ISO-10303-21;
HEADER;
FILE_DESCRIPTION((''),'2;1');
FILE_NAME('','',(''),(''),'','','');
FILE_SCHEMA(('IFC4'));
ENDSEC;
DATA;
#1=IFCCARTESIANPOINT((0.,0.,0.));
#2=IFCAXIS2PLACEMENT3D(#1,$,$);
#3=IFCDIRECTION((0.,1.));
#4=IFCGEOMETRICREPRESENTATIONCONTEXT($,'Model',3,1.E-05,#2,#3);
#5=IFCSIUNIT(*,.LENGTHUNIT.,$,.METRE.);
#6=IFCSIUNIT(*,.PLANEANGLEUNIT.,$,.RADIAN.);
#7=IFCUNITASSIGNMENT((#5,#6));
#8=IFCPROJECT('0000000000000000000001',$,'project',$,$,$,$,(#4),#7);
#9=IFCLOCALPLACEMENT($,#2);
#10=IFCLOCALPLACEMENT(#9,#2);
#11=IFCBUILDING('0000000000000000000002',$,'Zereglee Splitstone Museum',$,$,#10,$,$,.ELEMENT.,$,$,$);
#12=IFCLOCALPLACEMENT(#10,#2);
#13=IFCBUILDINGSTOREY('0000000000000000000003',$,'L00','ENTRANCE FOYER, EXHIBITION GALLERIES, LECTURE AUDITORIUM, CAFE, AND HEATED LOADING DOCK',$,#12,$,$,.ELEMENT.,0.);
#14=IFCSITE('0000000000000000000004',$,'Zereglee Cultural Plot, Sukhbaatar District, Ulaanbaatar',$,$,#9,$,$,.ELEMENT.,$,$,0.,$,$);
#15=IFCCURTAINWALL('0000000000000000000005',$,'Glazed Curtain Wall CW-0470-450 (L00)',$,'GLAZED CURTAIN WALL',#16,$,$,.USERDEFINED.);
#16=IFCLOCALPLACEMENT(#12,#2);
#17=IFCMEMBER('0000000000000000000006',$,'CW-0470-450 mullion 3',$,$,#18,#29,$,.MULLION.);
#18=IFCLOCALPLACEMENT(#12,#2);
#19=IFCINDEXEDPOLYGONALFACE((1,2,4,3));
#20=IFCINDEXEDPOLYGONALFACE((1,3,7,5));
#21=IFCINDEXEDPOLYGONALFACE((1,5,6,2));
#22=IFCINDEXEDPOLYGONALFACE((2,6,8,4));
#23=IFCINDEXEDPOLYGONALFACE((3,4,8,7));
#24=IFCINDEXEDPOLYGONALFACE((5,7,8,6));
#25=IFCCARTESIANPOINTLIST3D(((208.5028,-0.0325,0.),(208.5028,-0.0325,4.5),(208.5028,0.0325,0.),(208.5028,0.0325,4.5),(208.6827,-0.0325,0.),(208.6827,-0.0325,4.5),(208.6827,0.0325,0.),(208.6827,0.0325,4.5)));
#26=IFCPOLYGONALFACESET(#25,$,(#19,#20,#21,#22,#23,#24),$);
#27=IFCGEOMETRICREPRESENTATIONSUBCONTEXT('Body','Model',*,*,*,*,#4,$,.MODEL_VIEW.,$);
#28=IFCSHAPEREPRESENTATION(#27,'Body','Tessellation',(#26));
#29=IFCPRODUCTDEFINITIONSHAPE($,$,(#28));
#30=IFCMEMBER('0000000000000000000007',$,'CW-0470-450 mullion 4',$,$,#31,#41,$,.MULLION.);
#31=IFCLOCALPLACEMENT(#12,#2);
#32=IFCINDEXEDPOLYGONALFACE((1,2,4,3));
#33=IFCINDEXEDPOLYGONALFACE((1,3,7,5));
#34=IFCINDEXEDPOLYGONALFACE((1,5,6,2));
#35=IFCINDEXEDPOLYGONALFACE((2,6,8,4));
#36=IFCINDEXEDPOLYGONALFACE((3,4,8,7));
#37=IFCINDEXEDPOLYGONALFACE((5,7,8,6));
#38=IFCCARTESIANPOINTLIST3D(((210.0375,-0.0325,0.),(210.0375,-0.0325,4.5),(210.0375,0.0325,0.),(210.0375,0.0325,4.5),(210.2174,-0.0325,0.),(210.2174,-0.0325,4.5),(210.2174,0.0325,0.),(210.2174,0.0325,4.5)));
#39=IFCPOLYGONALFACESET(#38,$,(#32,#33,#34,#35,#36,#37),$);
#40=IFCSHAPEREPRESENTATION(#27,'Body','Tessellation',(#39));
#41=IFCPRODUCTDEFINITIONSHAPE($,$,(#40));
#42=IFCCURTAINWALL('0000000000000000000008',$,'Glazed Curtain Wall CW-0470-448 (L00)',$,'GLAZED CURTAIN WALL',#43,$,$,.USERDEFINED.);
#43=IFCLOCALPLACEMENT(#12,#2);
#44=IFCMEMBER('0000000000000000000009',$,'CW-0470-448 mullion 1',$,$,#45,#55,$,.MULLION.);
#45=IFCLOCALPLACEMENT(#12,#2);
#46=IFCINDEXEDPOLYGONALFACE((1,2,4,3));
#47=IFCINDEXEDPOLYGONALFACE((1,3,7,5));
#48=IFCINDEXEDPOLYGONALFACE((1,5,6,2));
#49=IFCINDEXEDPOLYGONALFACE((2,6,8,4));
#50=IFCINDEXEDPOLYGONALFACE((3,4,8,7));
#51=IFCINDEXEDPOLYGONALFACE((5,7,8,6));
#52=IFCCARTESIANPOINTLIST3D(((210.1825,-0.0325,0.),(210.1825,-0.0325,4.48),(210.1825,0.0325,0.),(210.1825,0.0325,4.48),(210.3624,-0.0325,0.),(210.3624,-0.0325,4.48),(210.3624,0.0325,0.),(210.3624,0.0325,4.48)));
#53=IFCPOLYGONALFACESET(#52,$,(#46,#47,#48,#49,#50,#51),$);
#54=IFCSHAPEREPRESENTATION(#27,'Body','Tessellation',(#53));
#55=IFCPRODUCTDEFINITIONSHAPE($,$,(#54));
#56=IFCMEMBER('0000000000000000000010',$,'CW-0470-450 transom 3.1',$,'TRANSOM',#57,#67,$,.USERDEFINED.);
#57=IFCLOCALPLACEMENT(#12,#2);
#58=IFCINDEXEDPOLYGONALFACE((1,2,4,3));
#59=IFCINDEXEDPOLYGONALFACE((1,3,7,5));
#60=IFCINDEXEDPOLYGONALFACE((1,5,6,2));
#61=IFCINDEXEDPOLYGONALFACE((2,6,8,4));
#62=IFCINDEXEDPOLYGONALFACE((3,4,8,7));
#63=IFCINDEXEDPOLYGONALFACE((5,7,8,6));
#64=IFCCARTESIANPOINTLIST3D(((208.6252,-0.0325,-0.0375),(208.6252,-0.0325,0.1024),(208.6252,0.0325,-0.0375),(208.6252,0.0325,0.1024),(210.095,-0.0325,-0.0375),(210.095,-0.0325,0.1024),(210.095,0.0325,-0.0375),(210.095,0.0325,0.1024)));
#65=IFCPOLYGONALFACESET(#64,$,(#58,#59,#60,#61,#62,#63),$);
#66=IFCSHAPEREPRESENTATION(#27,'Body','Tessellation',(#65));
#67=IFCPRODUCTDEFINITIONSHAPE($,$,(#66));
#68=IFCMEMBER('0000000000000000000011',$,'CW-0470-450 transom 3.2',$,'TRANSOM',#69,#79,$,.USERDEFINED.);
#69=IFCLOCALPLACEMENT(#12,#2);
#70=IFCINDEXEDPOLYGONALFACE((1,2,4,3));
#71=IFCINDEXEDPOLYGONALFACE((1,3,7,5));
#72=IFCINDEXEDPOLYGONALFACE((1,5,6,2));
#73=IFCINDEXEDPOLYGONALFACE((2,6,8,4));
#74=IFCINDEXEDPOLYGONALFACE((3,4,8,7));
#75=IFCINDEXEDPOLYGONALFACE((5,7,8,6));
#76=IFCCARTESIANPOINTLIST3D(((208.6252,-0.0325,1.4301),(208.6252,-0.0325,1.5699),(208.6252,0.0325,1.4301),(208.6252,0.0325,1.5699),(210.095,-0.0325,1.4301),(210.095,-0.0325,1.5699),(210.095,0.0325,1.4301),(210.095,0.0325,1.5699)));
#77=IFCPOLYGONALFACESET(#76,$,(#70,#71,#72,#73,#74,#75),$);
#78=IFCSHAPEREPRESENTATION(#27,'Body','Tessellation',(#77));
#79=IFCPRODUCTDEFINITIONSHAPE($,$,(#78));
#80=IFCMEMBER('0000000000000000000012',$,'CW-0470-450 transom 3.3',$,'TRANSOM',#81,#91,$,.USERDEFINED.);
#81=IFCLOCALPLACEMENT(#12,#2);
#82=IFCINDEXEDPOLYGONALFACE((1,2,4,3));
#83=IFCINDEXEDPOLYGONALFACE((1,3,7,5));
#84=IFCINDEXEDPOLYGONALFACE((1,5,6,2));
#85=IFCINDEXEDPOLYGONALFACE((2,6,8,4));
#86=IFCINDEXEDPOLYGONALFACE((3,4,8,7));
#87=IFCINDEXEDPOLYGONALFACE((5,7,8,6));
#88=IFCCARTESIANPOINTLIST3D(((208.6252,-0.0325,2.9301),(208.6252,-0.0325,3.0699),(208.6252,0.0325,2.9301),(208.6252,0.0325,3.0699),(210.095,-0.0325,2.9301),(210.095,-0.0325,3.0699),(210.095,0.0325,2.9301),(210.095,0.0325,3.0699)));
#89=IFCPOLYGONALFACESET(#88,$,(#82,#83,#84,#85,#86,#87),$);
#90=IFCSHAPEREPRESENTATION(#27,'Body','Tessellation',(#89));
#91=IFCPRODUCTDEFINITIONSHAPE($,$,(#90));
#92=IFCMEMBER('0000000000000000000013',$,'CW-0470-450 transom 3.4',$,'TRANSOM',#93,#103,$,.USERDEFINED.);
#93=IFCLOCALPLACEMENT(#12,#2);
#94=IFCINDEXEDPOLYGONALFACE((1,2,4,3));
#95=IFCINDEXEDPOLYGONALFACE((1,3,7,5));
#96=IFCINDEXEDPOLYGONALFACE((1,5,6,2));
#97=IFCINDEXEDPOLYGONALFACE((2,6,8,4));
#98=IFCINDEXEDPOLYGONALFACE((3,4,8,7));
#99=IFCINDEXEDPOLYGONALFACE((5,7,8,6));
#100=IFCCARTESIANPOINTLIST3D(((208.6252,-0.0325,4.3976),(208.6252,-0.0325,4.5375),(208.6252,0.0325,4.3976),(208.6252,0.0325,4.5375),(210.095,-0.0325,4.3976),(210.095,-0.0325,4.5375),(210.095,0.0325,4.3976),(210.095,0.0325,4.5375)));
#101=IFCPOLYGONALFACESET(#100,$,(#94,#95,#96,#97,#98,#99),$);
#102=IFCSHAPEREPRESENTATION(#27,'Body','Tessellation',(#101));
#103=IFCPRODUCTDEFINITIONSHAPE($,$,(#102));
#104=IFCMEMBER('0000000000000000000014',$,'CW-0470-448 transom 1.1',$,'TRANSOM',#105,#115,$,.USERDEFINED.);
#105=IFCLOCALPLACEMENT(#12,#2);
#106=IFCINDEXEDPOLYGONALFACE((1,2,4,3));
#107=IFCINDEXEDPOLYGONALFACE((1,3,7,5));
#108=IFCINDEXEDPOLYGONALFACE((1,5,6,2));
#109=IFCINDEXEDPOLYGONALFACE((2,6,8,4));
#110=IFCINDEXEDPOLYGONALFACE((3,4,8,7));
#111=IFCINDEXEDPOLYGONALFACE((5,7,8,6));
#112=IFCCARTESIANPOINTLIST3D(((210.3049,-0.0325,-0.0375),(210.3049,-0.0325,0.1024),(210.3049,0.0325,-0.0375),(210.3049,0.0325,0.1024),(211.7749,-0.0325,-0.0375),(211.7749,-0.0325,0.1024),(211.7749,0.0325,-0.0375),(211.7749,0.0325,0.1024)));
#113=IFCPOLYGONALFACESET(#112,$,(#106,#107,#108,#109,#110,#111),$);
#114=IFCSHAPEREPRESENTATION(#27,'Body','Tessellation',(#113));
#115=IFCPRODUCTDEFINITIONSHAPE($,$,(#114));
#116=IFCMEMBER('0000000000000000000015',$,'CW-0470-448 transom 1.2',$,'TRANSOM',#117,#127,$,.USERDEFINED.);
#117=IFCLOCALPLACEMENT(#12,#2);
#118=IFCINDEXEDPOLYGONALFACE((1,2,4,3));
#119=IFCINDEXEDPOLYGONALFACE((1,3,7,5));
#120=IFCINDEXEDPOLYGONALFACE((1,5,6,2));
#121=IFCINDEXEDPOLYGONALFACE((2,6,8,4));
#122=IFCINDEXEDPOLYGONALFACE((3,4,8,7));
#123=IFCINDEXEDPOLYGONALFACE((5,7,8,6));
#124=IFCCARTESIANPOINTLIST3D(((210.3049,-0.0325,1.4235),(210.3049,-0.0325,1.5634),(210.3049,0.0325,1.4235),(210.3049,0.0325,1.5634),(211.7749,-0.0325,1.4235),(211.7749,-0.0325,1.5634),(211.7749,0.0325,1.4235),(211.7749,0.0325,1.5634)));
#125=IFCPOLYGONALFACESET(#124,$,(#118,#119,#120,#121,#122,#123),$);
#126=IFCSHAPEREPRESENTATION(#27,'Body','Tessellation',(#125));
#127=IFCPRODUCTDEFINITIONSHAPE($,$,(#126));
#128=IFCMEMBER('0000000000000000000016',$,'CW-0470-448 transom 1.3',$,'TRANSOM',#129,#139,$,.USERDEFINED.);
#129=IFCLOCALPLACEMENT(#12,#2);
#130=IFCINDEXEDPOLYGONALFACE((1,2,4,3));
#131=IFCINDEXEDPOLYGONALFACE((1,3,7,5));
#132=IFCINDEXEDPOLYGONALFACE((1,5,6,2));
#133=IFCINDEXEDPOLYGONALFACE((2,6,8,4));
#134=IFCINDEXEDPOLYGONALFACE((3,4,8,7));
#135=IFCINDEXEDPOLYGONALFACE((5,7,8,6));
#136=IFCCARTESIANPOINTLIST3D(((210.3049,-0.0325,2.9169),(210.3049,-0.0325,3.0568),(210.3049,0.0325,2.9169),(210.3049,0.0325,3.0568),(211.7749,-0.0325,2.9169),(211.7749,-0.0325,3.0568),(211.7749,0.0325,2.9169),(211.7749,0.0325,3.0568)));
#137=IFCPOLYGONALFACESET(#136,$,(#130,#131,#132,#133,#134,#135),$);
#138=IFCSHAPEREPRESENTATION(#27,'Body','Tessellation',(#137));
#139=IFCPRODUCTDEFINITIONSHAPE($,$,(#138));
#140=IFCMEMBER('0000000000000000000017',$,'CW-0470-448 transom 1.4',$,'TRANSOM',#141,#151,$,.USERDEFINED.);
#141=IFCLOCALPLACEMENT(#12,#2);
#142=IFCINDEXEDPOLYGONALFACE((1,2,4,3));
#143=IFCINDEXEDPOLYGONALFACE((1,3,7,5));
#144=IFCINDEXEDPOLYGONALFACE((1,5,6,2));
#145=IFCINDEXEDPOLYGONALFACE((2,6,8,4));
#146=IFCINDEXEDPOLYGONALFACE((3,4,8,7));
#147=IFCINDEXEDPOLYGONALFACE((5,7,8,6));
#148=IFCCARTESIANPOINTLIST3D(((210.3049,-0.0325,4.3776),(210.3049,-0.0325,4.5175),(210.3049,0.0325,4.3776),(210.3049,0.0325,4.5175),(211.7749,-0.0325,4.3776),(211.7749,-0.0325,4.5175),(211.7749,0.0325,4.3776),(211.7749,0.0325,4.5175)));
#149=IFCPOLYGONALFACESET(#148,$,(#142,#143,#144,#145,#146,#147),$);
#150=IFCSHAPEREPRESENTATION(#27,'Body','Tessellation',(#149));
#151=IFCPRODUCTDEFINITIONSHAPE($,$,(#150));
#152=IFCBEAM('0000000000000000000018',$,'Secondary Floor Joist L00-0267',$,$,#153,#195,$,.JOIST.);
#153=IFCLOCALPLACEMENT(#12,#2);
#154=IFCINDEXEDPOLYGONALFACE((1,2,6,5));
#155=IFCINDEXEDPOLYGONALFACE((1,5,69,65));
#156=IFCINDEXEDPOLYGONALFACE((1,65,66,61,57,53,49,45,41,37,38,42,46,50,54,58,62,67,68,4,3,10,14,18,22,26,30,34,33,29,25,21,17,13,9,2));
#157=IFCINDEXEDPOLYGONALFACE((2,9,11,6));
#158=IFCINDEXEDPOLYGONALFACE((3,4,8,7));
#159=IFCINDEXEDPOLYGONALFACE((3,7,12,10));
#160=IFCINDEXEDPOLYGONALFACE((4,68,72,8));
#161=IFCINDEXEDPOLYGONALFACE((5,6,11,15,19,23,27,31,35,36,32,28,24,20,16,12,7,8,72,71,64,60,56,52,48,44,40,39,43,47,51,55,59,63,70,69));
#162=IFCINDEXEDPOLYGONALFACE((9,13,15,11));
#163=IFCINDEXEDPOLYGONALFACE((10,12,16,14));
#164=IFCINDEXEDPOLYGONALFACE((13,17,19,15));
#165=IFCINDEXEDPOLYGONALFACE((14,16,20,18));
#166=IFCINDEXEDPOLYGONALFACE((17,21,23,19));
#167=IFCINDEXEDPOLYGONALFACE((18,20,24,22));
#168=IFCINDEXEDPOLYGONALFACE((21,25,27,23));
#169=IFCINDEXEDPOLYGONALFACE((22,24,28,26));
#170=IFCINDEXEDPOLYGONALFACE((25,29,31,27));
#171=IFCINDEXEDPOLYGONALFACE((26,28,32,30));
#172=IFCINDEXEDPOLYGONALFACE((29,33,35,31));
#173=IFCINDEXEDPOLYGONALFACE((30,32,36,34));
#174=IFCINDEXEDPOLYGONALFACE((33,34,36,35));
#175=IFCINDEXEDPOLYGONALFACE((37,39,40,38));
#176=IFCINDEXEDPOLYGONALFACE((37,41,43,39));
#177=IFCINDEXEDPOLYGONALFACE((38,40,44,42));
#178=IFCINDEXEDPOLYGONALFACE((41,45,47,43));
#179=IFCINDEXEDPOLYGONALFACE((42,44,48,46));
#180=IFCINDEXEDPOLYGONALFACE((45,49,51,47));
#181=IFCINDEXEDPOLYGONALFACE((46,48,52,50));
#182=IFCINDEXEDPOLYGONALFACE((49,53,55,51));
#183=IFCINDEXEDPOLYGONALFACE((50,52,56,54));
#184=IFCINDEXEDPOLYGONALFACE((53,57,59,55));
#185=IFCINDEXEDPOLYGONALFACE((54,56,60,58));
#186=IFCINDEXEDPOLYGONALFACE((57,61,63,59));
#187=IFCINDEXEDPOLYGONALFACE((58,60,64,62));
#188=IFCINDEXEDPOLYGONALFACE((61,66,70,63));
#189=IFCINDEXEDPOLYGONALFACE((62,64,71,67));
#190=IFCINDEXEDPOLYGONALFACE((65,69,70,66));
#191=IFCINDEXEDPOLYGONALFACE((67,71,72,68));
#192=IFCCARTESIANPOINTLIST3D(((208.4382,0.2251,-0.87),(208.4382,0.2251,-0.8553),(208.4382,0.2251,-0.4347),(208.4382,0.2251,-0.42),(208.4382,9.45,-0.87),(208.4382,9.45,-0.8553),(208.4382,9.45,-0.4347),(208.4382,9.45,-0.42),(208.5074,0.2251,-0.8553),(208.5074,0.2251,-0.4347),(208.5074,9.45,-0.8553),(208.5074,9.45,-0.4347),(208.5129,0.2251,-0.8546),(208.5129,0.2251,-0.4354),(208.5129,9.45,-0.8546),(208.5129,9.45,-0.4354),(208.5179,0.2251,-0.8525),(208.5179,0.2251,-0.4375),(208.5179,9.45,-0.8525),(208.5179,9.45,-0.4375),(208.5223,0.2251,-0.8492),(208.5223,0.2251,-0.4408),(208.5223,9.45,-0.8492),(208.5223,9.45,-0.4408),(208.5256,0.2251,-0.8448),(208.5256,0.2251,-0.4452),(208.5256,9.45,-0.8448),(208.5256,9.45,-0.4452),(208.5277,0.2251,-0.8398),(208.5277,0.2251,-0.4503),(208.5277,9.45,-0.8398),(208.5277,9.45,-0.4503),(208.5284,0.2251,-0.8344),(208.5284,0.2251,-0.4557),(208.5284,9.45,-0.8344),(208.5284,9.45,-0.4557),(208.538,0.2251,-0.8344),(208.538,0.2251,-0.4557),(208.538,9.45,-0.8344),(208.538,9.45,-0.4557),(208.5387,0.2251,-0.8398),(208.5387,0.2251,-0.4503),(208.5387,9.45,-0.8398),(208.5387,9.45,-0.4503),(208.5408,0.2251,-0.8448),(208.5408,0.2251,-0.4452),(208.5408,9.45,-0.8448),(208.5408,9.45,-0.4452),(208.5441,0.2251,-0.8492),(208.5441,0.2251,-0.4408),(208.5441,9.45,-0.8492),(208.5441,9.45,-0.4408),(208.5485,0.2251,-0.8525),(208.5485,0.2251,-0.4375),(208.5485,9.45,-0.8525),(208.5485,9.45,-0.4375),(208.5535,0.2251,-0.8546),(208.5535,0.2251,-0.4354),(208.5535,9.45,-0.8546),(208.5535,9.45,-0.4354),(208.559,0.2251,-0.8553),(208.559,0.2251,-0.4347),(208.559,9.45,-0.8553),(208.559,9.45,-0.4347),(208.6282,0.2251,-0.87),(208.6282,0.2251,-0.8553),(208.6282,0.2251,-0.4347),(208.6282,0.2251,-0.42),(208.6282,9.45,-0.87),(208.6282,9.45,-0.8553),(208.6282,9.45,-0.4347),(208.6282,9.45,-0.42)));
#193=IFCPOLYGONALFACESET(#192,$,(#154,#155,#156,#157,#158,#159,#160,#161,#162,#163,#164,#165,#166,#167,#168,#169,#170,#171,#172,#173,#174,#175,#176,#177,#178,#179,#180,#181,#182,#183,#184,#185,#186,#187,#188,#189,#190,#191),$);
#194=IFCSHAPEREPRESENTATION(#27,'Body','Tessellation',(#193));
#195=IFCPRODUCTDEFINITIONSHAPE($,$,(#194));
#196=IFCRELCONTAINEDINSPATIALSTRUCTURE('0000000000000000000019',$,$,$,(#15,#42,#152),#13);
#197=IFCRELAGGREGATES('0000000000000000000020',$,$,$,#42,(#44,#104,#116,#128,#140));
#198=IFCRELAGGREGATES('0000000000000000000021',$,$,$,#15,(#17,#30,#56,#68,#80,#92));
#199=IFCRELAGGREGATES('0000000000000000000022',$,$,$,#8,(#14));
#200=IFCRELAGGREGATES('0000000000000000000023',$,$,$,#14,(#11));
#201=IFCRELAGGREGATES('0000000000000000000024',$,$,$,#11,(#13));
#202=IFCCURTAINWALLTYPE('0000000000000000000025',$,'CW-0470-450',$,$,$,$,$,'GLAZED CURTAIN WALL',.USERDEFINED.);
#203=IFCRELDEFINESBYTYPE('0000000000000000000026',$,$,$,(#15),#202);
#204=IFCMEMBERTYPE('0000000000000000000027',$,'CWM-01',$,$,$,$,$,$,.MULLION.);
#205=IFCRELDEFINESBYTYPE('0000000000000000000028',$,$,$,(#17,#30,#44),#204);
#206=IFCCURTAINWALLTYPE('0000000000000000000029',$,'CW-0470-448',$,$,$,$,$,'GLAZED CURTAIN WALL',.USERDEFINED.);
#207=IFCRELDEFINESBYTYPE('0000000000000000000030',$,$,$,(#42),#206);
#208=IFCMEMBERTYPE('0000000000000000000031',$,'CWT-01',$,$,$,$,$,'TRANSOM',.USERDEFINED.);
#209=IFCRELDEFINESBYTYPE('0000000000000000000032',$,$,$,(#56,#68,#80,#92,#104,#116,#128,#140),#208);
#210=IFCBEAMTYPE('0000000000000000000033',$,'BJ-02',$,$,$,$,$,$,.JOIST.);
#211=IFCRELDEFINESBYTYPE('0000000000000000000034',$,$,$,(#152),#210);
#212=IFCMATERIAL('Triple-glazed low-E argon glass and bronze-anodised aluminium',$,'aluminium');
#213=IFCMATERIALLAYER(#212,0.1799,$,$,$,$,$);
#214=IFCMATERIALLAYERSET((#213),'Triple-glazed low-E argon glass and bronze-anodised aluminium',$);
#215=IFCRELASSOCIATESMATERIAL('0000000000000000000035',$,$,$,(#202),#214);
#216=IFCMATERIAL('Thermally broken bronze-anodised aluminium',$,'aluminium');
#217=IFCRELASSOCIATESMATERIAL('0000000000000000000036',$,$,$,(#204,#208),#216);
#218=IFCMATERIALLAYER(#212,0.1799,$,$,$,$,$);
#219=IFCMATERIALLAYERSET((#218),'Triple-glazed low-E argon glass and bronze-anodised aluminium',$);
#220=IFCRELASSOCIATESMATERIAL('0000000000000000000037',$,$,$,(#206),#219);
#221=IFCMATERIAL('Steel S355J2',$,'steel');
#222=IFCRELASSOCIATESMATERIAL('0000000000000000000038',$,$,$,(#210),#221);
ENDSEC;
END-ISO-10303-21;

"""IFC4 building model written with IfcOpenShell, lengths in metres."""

from ifc_helpers import new_model, si_unit, direction, frame, origin, origin_2d, place, context, subcontext, project, spatial, rectangle, i_section, extrude, material, layer, layer_set, material_profile, profile_set, type_object, element, aggregate, save


model = new_model("IFC4")

# Units and contexts
model_context = context("Model", 3, precision=1e-05, world=origin(), true_north=direction((0.0, 1.0)))
body_context = subcontext(model_context, "Body", "Model", "MODEL_VIEW")
ifc_project = project(units=[si_unit("LENGTHUNIT", "METRE"), si_unit("PLANEANGLEUNIT", "RADIAN")], contexts=[model_context])

# Site, building, storey
site_placement = place(None, origin())
site = spatial("IfcSite", under=ifc_project, at=site_placement, Name="Zereglee Cultural Plot, Sukhbaatar District, Ulaanbaatar", CompositionType="ELEMENT", RefElevation=0.0)
building_placement = place(site_placement, origin())
building = spatial("IfcBuilding", under=site, at=building_placement, Name="Zereglee Splitstone Museum", CompositionType="ELEMENT")
storey_placement = place(building_placement, origin())
storey = spatial("IfcBuildingStorey", under=building, at=storey_placement, Name="L00", Description="ENTRANCE FOYER, EXHIBITION GALLERIES, LECTURE AUDITORIUM, CAFE, AND HEATED LOADING DOCK", CompositionType="ELEMENT", Elevation=0.0)

# Curtain wall, members
ifc_material_1 = material(Name="Triple-glazed low-E argon glass and bronze-anodised aluminium", Category="aluminium")
ifc_layer_1 = layer(ifc_material_1, 0.1799)
ifc_layer_set_1 = layer_set([ifc_layer_1], Name="Triple-glazed low-E argon glass and bronze-anodised aluminium")
curtain_wall_type_1 = type_object("IfcCurtainWallType", Name="CW-0470-450", ElementType="GLAZED CURTAIN WALL", PredefinedType="USERDEFINED", material=ifc_layer_set_1)
curtain_wall_1_placement = place(storey_placement, origin())
curtain_wall_1 = element("IfcCurtainWall", 1, at=curtain_wall_1_placement, inside=storey, type_object=curtain_wall_type_1, Name="Glazed Curtain Wall CW-0470-450 (L00)", ObjectType="GLAZED CURTAIN WALL", PredefinedType="USERDEFINED")
ifc_material_2 = material(Name="Thermally broken bronze-anodised aluminium", Category="aluminium")
ifc_material_profile_1 = material_profile(ifc_material_2, rectangle(XDim=0.0649, YDim=0.1799, at=origin_2d()), Name="CW MULL 65x180")
ifc_profile_set_1 = profile_set([ifc_material_profile_1], Name="Thermally broken bronze-anodised aluminium")
member_type_1 = type_object("IfcMemberType", Name="CWM-01", PredefinedType="MULLION", material=ifc_profile_set_1)
member_1_placement = place(storey_placement, frame((208.5928, 0.0, 0.0), z_axis=(0.0, 0.0, 1.0), x_axis=(0.0, 1.0, 0.0)))
member_1 = element("IfcMember", 2, at=member_1_placement, type_object=member_type_1, Name="CW-0470-450 mullion 3", PredefinedType="MULLION", context=body_context, shape_type="SweptSolid", body=[
    extrude(rectangle(XDim=0.0649, YDim=0.1799, at=origin_2d()), origin(), (0.0, 0.0, 1.0), 4.5),
])
member_2_placement = place(storey_placement, frame((210.1274, 0.0, 0.0), z_axis=(0.0, 0.0, 1.0), x_axis=(0.0, 1.0, 0.0)))
member_2 = element("IfcMember", 3, at=member_2_placement, type_object=member_type_1, Name="CW-0470-450 mullion 4", PredefinedType="MULLION", context=body_context, shape_type="SweptSolid", body=[
    extrude(rectangle(XDim=0.0649, YDim=0.1799, at=origin_2d()), origin(), (0.0, 0.0, 1.0), 4.5),
])

# Curtain wall, member
ifc_layer_2 = layer(ifc_material_1, 0.1799)
ifc_layer_set_2 = layer_set([ifc_layer_2], Name="Triple-glazed low-E argon glass and bronze-anodised aluminium")
curtain_wall_type_2 = type_object("IfcCurtainWallType", Name="CW-0470-448", ElementType="GLAZED CURTAIN WALL", PredefinedType="USERDEFINED", material=ifc_layer_set_2)
curtain_wall_2_placement = place(storey_placement, origin())
curtain_wall_2 = element("IfcCurtainWall", 4, at=curtain_wall_2_placement, inside=storey, type_object=curtain_wall_type_2, Name="Glazed Curtain Wall CW-0470-448 (L00)", ObjectType="GLAZED CURTAIN WALL", PredefinedType="USERDEFINED")
member_3_placement = place(storey_placement, frame((210.2725, 0.0, 0.0), z_axis=(0.0, 0.0, 1.0), x_axis=(0.0, 1.0, 0.0)))
member_3 = element("IfcMember", 5, at=member_3_placement, type_object=member_type_1, Name="CW-0470-448 mullion 1", PredefinedType="MULLION", context=body_context, shape_type="SweptSolid", body=[
    extrude(rectangle(XDim=0.0649, YDim=0.1799, at=origin_2d()), origin(), (0.0, 0.0, 1.0), 4.48),
])

# Members
ifc_material_profile_2 = material_profile(ifc_material_2, rectangle(XDim=0.0649, YDim=0.1399, at=origin_2d()), Name="CW TRAN 65x140")
ifc_profile_set_2 = profile_set([ifc_material_profile_2], Name="Thermally broken bronze-anodised aluminium")
member_type_2 = type_object("IfcMemberType", Name="CWT-01", ElementType="TRANSOM", PredefinedType="USERDEFINED", material=ifc_profile_set_2)
member_4_placement = place(storey_placement, frame((208.6252, 0.0, 0.0325), z_axis=(1.0, 0.0, 0.0), x_axis=(0.0, 1.0, 0.0)))
member_4 = element("IfcMember", 6, at=member_4_placement, type_object=member_type_2, Name="CW-0470-450 transom 3.1", ObjectType="TRANSOM", PredefinedType="USERDEFINED", context=body_context, shape_type="SweptSolid", body=[
    extrude(rectangle(XDim=0.0649, YDim=0.1399, at=origin_2d()), origin(), (0.0, 0.0, 1.0), 1.4697),
])
member_5_placement = place(storey_placement, frame((208.6252, 0.0, 1.5), z_axis=(1.0, 0.0, 0.0), x_axis=(0.0, 1.0, 0.0)))
member_5 = element("IfcMember", 7, at=member_5_placement, type_object=member_type_2, Name="CW-0470-450 transom 3.2", ObjectType="TRANSOM", PredefinedType="USERDEFINED", context=body_context, shape_type="SweptSolid", body=[
    extrude(rectangle(XDim=0.0649, YDim=0.1399, at=origin_2d()), origin(), (0.0, 0.0, 1.0), 1.4697),
])
member_6_placement = place(storey_placement, frame((208.6252, 0.0, 3.0), z_axis=(1.0, 0.0, 0.0), x_axis=(0.0, 1.0, 0.0)))
member_6 = element("IfcMember", 8, at=member_6_placement, type_object=member_type_2, Name="CW-0470-450 transom 3.3", ObjectType="TRANSOM", PredefinedType="USERDEFINED", context=body_context, shape_type="SweptSolid", body=[
    extrude(rectangle(XDim=0.0649, YDim=0.1399, at=origin_2d()), origin(), (0.0, 0.0, 1.0), 1.4697),
])
member_7_placement = place(storey_placement, frame((208.6252, 0.0, 4.4675), z_axis=(1.0, 0.0, 0.0), x_axis=(0.0, 1.0, 0.0)))
member_7 = element("IfcMember", 9, at=member_7_placement, type_object=member_type_2, Name="CW-0470-450 transom 3.4", ObjectType="TRANSOM", PredefinedType="USERDEFINED", context=body_context, shape_type="SweptSolid", body=[
    extrude(rectangle(XDim=0.0649, YDim=0.1399, at=origin_2d()), origin(), (0.0, 0.0, 1.0), 1.4697),
])
member_8_placement = place(storey_placement, frame((210.3049, 0.0, 0.0325), z_axis=(1.0, 0.0, 0.0), x_axis=(0.0, 1.0, 0.0)))
member_8 = element("IfcMember", 10, at=member_8_placement, type_object=member_type_2, Name="CW-0470-448 transom 1.1", ObjectType="TRANSOM", PredefinedType="USERDEFINED", context=body_context, shape_type="SweptSolid", body=[
    extrude(rectangle(XDim=0.0649, YDim=0.1399, at=origin_2d()), origin(), (0.0, 0.0, 1.0), 1.47),
])
member_9_placement = place(storey_placement, frame((210.3049, 0.0, 1.4934), z_axis=(1.0, 0.0, 0.0), x_axis=(0.0, 1.0, 0.0)))
member_9 = element("IfcMember", 11, at=member_9_placement, type_object=member_type_2, Name="CW-0470-448 transom 1.2", ObjectType="TRANSOM", PredefinedType="USERDEFINED", context=body_context, shape_type="SweptSolid", body=[
    extrude(rectangle(XDim=0.0649, YDim=0.1399, at=origin_2d()), origin(), (0.0, 0.0, 1.0), 1.47),
])
member_10_placement = place(storey_placement, frame((210.3049, 0.0, 2.9868), z_axis=(1.0, 0.0, 0.0), x_axis=(0.0, 1.0, 0.0)))
member_10 = element("IfcMember", 12, at=member_10_placement, type_object=member_type_2, Name="CW-0470-448 transom 1.3", ObjectType="TRANSOM", PredefinedType="USERDEFINED", context=body_context, shape_type="SweptSolid", body=[
    extrude(rectangle(XDim=0.0649, YDim=0.1399, at=origin_2d()), origin(), (0.0, 0.0, 1.0), 1.47),
])
member_11_placement = place(storey_placement, frame((210.3049, 0.0, 4.4475), z_axis=(1.0, 0.0, 0.0), x_axis=(0.0, 1.0, 0.0)))
member_11 = element("IfcMember", 13, at=member_11_placement, type_object=member_type_2, Name="CW-0470-448 transom 1.4", ObjectType="TRANSOM", PredefinedType="USERDEFINED", context=body_context, shape_type="SweptSolid", body=[
    extrude(rectangle(XDim=0.0649, YDim=0.1399, at=origin_2d()), origin(), (0.0, 0.0, 1.0), 1.47),
])
aggregate(curtain_wall_2, [member_3, member_8, member_9, member_10, member_11])

# Beam
ifc_material_3 = material(Name="Steel S355J2", Category="steel")
ifc_material_profile_3 = material_profile(ifc_material_3, i_section(OverallWidth=0.1899, OverallDepth=0.45, WebThickness=0.0095, FlangeThickness=0.0146, FilletRadius=0.021, at=origin_2d()), Name="IPE 450")
ifc_profile_set_3 = profile_set([ifc_material_profile_3], Name="Steel S355J2")
beam_type_1 = type_object("IfcBeamType", Name="BJ-02", PredefinedType="JOIST", material=ifc_profile_set_3)
beam_1_placement = place(storey_placement, frame((208.5332, 0.2251, -0.645), z_axis=(0.0, 1.0, 0.0), x_axis=(-1.0, 0.0, 0.0)))
element("IfcBeam", 14, at=beam_1_placement, inside=storey, type_object=beam_type_1, Name="Secondary Floor Joist L00-0267", PredefinedType="JOIST", context=body_context, shape_type="SweptSolid", body=[
    extrude(i_section(OverallWidth=0.1899, OverallDepth=0.45, WebThickness=0.0095, FlangeThickness=0.0146, FilletRadius=0.021, at=origin_2d()), origin(), (0.0, 0.0, 1.0), 9.2249),
])

aggregate(curtain_wall_1, [member_1, member_2, member_4, member_5, member_6, member_7])

save(model, "model.ifc")
